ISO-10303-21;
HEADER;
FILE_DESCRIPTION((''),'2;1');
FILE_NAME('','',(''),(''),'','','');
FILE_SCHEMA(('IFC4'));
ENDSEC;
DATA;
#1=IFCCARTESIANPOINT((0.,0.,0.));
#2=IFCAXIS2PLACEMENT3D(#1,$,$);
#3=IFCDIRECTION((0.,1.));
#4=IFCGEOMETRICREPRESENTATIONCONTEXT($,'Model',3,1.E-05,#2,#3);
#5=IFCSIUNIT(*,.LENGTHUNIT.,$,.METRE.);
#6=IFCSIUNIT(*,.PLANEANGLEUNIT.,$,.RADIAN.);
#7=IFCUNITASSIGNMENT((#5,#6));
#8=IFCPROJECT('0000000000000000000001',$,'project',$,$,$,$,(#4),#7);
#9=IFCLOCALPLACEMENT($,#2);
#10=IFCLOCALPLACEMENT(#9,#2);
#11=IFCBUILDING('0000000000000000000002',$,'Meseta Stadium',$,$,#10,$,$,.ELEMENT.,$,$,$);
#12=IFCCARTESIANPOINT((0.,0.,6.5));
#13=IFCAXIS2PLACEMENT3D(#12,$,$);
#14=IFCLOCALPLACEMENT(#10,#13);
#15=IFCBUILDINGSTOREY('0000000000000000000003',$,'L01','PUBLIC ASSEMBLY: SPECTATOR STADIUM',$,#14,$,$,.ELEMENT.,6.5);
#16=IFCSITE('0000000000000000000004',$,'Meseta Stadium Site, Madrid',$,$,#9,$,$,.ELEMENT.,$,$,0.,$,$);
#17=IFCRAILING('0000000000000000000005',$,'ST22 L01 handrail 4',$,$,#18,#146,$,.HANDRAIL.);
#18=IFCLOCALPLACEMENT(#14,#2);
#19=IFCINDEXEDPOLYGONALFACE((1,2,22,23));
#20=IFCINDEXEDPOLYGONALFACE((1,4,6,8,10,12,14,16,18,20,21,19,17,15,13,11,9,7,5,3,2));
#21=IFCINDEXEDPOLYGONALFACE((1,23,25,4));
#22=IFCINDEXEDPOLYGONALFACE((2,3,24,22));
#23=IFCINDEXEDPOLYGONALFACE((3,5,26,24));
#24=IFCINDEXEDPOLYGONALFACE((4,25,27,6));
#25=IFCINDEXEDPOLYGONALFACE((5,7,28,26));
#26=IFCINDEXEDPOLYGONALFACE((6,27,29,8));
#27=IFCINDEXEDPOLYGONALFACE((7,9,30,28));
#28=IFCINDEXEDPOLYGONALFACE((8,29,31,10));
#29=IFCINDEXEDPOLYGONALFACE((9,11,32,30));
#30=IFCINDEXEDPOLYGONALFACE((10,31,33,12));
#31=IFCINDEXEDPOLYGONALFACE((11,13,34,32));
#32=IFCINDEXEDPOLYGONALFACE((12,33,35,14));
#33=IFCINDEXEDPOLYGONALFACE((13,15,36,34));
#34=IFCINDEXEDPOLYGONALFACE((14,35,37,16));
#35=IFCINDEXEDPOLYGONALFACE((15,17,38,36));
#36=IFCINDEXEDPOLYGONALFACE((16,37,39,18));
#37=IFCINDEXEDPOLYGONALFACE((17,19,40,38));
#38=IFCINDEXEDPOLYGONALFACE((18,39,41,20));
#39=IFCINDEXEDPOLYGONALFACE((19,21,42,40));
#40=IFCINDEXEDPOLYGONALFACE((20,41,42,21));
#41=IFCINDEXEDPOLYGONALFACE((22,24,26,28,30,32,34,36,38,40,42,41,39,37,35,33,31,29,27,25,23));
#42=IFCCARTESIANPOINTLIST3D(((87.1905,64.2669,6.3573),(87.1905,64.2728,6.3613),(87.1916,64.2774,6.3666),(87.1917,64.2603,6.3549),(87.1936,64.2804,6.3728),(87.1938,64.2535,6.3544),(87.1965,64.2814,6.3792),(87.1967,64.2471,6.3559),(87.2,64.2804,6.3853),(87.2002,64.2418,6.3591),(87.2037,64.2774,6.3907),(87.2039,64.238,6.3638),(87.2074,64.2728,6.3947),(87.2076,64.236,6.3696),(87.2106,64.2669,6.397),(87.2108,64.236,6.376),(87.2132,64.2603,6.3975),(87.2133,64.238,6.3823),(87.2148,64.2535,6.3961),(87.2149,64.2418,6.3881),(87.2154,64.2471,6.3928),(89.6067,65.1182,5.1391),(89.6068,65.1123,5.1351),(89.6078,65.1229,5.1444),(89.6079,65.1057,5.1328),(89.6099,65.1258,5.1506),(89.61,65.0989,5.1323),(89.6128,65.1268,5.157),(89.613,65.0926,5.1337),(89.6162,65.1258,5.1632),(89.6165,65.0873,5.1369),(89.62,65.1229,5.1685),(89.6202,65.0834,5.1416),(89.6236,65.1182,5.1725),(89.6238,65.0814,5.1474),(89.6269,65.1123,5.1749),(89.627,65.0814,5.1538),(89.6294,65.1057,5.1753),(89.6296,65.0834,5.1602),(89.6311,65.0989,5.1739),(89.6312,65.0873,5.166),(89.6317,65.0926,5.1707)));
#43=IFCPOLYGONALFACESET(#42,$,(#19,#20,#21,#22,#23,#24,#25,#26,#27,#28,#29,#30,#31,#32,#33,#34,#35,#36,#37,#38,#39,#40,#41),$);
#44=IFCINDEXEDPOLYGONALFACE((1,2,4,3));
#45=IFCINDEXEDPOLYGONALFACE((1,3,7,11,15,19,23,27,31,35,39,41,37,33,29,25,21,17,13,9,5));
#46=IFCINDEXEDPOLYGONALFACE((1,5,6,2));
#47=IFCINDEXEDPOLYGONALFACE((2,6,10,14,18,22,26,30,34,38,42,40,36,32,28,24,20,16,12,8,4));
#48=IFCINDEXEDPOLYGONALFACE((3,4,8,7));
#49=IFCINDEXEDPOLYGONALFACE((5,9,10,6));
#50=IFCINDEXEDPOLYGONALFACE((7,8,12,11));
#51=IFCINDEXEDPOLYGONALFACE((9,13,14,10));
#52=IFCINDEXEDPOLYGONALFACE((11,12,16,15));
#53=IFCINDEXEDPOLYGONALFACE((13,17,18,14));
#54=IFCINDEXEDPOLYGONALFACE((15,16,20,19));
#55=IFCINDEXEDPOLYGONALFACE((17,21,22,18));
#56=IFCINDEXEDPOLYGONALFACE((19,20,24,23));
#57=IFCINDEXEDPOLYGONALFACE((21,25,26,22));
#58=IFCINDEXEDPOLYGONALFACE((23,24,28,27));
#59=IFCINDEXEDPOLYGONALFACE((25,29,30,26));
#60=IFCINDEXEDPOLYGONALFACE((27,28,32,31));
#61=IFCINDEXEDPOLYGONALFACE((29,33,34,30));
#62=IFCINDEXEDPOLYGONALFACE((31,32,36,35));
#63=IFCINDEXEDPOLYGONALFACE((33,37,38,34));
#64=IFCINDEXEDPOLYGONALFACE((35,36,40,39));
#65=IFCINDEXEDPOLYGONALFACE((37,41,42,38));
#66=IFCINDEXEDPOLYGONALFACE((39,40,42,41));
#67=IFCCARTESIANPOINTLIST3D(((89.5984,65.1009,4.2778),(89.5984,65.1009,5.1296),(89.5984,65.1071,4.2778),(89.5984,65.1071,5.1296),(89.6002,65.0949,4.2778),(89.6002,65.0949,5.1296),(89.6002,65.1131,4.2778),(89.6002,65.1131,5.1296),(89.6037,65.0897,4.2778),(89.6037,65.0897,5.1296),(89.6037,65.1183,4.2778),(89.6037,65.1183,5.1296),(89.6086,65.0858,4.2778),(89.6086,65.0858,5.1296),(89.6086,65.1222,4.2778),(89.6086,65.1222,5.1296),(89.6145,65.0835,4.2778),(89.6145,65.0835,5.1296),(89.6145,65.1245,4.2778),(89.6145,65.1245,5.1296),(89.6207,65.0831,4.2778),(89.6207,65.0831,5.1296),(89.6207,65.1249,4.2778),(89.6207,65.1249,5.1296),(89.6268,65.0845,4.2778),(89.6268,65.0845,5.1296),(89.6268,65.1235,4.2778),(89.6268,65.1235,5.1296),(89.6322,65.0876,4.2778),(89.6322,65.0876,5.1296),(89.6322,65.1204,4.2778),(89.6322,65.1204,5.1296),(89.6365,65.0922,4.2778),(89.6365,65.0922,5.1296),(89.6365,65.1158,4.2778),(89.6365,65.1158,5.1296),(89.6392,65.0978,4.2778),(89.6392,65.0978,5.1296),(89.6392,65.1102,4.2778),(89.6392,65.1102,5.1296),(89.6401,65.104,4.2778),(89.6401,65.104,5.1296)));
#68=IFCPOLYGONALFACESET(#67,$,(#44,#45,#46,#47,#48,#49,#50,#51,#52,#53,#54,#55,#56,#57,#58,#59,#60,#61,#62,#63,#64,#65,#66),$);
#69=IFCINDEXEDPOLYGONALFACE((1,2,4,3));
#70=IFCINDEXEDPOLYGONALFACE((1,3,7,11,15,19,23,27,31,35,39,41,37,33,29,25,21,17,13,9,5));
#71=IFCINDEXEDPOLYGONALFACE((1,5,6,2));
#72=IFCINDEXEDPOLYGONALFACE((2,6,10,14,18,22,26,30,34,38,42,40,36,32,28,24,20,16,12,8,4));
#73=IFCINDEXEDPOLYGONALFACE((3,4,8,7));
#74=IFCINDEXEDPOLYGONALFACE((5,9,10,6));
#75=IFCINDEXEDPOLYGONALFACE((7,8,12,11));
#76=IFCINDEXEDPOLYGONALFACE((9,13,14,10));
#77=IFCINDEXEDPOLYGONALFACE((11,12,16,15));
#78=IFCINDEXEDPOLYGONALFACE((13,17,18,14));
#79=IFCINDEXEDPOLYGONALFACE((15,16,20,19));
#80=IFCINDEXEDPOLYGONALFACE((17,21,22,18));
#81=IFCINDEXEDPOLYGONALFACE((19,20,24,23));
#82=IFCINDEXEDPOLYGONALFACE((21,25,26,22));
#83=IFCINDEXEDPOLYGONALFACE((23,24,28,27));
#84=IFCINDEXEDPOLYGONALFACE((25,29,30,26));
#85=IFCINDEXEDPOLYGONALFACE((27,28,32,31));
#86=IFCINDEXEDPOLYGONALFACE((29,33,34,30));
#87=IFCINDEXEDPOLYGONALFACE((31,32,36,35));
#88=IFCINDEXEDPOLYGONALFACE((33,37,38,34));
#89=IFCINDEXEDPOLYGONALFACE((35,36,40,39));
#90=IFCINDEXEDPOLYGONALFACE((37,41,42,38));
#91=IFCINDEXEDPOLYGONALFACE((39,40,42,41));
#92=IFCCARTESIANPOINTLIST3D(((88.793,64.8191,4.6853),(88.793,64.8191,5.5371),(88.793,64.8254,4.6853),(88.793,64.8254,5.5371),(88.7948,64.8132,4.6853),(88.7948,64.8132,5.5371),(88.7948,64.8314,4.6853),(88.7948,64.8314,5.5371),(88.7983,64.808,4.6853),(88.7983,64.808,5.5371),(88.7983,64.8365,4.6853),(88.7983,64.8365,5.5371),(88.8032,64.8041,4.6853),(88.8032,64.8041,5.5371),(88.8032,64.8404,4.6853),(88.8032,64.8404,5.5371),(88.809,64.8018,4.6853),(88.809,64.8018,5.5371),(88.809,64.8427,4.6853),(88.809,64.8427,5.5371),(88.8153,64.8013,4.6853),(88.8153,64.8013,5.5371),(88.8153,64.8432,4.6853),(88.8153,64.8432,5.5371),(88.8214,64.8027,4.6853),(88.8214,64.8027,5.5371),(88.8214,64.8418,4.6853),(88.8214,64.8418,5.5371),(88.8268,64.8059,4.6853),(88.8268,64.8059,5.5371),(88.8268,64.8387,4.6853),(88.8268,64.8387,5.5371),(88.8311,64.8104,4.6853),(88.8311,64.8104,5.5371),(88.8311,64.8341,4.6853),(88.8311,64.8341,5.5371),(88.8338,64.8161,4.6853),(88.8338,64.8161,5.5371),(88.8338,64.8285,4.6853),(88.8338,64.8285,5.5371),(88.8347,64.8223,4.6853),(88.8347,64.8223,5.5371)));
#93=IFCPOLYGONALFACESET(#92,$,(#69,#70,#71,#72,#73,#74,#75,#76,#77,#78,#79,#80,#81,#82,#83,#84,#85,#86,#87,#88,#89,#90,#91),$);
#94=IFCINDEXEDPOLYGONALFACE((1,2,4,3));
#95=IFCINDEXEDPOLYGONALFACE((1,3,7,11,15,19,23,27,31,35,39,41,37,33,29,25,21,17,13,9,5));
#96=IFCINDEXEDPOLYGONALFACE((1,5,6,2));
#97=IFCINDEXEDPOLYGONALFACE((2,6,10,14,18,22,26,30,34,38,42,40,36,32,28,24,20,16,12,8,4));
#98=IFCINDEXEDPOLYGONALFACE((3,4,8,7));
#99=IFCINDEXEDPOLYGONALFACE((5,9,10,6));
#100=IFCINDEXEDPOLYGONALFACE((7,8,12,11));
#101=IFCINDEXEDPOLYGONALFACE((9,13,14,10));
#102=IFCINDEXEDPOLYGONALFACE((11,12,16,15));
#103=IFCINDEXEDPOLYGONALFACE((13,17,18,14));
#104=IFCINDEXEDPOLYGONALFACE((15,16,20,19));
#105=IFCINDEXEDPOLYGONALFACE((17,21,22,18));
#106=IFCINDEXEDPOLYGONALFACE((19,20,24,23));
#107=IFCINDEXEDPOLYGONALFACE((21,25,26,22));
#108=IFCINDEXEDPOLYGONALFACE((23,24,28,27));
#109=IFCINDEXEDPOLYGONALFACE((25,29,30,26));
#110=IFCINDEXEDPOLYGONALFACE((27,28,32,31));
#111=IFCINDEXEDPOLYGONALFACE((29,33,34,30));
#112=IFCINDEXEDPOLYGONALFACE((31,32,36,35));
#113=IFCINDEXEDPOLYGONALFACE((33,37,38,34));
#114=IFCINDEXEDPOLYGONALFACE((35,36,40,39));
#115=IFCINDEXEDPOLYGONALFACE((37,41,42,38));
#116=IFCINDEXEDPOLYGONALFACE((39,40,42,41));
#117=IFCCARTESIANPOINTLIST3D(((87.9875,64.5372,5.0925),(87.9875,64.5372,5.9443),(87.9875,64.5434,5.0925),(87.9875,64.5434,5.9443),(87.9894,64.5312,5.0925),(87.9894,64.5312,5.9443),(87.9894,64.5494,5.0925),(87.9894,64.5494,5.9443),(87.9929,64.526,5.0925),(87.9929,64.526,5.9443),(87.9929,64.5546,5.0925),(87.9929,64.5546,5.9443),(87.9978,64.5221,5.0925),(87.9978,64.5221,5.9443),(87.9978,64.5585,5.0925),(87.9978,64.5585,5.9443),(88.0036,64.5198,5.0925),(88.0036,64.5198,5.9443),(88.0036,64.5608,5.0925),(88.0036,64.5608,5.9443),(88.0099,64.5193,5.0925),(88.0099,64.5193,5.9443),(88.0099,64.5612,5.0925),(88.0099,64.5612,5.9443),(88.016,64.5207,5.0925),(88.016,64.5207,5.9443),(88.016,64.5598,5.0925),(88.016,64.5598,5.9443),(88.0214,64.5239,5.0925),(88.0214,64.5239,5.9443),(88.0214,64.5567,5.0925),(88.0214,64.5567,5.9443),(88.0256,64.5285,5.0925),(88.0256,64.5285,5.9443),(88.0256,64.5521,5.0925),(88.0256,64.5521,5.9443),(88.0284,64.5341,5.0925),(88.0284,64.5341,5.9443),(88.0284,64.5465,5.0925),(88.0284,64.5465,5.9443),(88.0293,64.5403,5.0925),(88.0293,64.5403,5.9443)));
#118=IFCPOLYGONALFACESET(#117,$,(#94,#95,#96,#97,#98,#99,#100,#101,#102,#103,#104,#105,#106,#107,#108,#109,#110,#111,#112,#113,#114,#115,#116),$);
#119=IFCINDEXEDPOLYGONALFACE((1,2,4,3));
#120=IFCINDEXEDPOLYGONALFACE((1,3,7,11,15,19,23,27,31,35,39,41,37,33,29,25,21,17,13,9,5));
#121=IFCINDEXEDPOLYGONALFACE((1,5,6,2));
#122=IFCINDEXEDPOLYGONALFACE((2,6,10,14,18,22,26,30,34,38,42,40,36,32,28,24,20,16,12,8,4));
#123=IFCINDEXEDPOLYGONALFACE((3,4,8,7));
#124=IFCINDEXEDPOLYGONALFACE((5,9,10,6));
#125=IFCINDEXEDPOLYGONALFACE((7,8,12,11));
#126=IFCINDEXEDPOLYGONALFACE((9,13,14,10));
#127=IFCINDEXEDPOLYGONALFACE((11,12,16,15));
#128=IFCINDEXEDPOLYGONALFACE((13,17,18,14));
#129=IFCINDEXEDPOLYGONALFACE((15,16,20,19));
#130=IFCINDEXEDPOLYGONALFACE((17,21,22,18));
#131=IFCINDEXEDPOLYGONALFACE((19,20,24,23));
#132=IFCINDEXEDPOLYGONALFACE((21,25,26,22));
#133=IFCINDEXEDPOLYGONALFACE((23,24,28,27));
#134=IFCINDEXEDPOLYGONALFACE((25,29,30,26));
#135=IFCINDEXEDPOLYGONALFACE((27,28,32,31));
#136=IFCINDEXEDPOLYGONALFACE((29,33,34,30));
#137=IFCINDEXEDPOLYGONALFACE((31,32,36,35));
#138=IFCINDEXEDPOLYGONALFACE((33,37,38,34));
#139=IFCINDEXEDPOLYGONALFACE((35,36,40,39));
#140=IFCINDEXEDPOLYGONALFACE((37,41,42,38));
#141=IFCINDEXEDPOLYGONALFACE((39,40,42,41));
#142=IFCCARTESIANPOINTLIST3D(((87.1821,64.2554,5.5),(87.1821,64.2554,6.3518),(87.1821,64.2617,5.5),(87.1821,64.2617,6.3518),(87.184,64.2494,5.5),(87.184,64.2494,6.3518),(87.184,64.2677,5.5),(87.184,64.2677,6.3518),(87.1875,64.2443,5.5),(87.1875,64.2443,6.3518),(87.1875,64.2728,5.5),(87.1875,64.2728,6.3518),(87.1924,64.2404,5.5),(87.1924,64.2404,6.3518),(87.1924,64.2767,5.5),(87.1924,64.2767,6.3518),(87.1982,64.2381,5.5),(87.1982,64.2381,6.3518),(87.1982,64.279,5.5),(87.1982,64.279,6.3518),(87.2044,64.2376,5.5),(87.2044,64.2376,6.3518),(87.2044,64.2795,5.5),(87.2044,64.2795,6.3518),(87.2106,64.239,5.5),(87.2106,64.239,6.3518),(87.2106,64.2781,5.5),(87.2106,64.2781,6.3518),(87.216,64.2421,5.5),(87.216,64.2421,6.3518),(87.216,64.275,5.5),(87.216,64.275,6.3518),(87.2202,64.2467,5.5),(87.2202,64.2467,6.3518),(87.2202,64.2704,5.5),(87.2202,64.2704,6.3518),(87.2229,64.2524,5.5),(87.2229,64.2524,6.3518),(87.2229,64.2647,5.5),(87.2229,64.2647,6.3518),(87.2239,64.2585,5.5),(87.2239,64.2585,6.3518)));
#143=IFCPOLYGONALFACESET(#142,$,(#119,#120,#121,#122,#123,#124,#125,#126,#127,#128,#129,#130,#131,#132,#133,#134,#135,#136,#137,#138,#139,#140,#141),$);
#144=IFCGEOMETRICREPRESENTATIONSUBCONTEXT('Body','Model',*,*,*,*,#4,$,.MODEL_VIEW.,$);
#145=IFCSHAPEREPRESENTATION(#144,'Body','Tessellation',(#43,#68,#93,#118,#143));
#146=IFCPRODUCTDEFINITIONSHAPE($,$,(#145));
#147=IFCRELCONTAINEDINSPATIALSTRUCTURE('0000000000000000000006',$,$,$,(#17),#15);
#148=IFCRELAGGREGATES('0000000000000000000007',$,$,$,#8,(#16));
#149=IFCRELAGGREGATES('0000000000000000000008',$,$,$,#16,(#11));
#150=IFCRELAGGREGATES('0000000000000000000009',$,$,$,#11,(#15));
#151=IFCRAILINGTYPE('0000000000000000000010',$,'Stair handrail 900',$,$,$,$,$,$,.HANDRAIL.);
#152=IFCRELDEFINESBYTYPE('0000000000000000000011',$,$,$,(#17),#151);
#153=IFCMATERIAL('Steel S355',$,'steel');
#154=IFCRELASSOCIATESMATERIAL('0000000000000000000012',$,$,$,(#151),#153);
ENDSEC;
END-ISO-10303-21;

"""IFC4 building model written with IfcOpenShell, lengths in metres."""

from ifc_helpers import new_model, si_unit, direction, frame, origin, origin_2d, place, context, subcontext, project, spatial, circle, extrude, material, type_object, element, save


model = new_model("IFC4")

# Units and contexts
model_context = context("Model", 3, precision=1e-05, world=origin(), true_north=direction((0.0, 1.0)))
body_context = subcontext(model_context, "Body", "Model", "MODEL_VIEW")
ifc_project = project(units=[si_unit("LENGTHUNIT", "METRE"), si_unit("PLANEANGLEUNIT", "RADIAN")], contexts=[model_context])

# Site, building, storey
site_placement = place(None, origin())
site = spatial("IfcSite", under=ifc_project, at=site_placement, Name="Meseta Stadium Site, Madrid", CompositionType="ELEMENT", RefElevation=0.0)
building_placement = place(site_placement, origin())
building = spatial("IfcBuilding", under=site, at=building_placement, Name="Meseta Stadium", CompositionType="ELEMENT")
storey_placement = place(building_placement, frame((0.0, 0.0, 6.5)))
storey = spatial("IfcBuildingStorey", under=building, at=storey_placement, Name="L01", Description="PUBLIC ASSEMBLY: SPECTATOR STADIUM", CompositionType="ELEMENT", Elevation=6.5)

# Railing
ifc_material_1 = material(Name="Steel S355", Category="steel")
railing_type_1 = type_object("IfcRailingType", Name="Stair handrail 900", PredefinedType="HANDRAIL", material=ifc_material_1)
for number, where, name in (
    (1, (89.6191, 65.104, 4.2778), "ST22 L01 handrail 4"),
):
    element("IfcRailing", number, at=place(storey_placement, frame(where)), inside=storey, type_object=railing_type_1, Name=name, PredefinedType="HANDRAIL", context=body_context, shape_type="SweptSolid", body=[
        extrude(circle(Radius=0.0239, at=origin_2d()), frame((0.0, 0.0, 0.876), z_axis=(-0.851789, -0.298044, 0.430843), x_axis=(0.33027, -0.943887, 0.0)), (0.0, 0.0, 1.0), 2.8367),
        extrude(circle(Radius=0.021, at=origin_2d()), origin(), (0.0, 0.0, 1.0), 0.8518),
        extrude(circle(Radius=0.021, at=origin_2d()), frame((-0.8054, -0.2817, 0.4075)), (0.0, 0.0, 1.0), 0.8518),
        extrude(circle(Radius=0.021, at=origin_2d()), frame((-1.6108, -0.5637, 0.8147)), (0.0, 0.0, 1.0), 0.8518),
        extrude(circle(Radius=0.021, at=origin_2d()), frame((-2.4163, -0.8455, 1.2222)), (0.0, 0.0, 1.0), 0.8518),
    ])

save(model, "model.ifc")
